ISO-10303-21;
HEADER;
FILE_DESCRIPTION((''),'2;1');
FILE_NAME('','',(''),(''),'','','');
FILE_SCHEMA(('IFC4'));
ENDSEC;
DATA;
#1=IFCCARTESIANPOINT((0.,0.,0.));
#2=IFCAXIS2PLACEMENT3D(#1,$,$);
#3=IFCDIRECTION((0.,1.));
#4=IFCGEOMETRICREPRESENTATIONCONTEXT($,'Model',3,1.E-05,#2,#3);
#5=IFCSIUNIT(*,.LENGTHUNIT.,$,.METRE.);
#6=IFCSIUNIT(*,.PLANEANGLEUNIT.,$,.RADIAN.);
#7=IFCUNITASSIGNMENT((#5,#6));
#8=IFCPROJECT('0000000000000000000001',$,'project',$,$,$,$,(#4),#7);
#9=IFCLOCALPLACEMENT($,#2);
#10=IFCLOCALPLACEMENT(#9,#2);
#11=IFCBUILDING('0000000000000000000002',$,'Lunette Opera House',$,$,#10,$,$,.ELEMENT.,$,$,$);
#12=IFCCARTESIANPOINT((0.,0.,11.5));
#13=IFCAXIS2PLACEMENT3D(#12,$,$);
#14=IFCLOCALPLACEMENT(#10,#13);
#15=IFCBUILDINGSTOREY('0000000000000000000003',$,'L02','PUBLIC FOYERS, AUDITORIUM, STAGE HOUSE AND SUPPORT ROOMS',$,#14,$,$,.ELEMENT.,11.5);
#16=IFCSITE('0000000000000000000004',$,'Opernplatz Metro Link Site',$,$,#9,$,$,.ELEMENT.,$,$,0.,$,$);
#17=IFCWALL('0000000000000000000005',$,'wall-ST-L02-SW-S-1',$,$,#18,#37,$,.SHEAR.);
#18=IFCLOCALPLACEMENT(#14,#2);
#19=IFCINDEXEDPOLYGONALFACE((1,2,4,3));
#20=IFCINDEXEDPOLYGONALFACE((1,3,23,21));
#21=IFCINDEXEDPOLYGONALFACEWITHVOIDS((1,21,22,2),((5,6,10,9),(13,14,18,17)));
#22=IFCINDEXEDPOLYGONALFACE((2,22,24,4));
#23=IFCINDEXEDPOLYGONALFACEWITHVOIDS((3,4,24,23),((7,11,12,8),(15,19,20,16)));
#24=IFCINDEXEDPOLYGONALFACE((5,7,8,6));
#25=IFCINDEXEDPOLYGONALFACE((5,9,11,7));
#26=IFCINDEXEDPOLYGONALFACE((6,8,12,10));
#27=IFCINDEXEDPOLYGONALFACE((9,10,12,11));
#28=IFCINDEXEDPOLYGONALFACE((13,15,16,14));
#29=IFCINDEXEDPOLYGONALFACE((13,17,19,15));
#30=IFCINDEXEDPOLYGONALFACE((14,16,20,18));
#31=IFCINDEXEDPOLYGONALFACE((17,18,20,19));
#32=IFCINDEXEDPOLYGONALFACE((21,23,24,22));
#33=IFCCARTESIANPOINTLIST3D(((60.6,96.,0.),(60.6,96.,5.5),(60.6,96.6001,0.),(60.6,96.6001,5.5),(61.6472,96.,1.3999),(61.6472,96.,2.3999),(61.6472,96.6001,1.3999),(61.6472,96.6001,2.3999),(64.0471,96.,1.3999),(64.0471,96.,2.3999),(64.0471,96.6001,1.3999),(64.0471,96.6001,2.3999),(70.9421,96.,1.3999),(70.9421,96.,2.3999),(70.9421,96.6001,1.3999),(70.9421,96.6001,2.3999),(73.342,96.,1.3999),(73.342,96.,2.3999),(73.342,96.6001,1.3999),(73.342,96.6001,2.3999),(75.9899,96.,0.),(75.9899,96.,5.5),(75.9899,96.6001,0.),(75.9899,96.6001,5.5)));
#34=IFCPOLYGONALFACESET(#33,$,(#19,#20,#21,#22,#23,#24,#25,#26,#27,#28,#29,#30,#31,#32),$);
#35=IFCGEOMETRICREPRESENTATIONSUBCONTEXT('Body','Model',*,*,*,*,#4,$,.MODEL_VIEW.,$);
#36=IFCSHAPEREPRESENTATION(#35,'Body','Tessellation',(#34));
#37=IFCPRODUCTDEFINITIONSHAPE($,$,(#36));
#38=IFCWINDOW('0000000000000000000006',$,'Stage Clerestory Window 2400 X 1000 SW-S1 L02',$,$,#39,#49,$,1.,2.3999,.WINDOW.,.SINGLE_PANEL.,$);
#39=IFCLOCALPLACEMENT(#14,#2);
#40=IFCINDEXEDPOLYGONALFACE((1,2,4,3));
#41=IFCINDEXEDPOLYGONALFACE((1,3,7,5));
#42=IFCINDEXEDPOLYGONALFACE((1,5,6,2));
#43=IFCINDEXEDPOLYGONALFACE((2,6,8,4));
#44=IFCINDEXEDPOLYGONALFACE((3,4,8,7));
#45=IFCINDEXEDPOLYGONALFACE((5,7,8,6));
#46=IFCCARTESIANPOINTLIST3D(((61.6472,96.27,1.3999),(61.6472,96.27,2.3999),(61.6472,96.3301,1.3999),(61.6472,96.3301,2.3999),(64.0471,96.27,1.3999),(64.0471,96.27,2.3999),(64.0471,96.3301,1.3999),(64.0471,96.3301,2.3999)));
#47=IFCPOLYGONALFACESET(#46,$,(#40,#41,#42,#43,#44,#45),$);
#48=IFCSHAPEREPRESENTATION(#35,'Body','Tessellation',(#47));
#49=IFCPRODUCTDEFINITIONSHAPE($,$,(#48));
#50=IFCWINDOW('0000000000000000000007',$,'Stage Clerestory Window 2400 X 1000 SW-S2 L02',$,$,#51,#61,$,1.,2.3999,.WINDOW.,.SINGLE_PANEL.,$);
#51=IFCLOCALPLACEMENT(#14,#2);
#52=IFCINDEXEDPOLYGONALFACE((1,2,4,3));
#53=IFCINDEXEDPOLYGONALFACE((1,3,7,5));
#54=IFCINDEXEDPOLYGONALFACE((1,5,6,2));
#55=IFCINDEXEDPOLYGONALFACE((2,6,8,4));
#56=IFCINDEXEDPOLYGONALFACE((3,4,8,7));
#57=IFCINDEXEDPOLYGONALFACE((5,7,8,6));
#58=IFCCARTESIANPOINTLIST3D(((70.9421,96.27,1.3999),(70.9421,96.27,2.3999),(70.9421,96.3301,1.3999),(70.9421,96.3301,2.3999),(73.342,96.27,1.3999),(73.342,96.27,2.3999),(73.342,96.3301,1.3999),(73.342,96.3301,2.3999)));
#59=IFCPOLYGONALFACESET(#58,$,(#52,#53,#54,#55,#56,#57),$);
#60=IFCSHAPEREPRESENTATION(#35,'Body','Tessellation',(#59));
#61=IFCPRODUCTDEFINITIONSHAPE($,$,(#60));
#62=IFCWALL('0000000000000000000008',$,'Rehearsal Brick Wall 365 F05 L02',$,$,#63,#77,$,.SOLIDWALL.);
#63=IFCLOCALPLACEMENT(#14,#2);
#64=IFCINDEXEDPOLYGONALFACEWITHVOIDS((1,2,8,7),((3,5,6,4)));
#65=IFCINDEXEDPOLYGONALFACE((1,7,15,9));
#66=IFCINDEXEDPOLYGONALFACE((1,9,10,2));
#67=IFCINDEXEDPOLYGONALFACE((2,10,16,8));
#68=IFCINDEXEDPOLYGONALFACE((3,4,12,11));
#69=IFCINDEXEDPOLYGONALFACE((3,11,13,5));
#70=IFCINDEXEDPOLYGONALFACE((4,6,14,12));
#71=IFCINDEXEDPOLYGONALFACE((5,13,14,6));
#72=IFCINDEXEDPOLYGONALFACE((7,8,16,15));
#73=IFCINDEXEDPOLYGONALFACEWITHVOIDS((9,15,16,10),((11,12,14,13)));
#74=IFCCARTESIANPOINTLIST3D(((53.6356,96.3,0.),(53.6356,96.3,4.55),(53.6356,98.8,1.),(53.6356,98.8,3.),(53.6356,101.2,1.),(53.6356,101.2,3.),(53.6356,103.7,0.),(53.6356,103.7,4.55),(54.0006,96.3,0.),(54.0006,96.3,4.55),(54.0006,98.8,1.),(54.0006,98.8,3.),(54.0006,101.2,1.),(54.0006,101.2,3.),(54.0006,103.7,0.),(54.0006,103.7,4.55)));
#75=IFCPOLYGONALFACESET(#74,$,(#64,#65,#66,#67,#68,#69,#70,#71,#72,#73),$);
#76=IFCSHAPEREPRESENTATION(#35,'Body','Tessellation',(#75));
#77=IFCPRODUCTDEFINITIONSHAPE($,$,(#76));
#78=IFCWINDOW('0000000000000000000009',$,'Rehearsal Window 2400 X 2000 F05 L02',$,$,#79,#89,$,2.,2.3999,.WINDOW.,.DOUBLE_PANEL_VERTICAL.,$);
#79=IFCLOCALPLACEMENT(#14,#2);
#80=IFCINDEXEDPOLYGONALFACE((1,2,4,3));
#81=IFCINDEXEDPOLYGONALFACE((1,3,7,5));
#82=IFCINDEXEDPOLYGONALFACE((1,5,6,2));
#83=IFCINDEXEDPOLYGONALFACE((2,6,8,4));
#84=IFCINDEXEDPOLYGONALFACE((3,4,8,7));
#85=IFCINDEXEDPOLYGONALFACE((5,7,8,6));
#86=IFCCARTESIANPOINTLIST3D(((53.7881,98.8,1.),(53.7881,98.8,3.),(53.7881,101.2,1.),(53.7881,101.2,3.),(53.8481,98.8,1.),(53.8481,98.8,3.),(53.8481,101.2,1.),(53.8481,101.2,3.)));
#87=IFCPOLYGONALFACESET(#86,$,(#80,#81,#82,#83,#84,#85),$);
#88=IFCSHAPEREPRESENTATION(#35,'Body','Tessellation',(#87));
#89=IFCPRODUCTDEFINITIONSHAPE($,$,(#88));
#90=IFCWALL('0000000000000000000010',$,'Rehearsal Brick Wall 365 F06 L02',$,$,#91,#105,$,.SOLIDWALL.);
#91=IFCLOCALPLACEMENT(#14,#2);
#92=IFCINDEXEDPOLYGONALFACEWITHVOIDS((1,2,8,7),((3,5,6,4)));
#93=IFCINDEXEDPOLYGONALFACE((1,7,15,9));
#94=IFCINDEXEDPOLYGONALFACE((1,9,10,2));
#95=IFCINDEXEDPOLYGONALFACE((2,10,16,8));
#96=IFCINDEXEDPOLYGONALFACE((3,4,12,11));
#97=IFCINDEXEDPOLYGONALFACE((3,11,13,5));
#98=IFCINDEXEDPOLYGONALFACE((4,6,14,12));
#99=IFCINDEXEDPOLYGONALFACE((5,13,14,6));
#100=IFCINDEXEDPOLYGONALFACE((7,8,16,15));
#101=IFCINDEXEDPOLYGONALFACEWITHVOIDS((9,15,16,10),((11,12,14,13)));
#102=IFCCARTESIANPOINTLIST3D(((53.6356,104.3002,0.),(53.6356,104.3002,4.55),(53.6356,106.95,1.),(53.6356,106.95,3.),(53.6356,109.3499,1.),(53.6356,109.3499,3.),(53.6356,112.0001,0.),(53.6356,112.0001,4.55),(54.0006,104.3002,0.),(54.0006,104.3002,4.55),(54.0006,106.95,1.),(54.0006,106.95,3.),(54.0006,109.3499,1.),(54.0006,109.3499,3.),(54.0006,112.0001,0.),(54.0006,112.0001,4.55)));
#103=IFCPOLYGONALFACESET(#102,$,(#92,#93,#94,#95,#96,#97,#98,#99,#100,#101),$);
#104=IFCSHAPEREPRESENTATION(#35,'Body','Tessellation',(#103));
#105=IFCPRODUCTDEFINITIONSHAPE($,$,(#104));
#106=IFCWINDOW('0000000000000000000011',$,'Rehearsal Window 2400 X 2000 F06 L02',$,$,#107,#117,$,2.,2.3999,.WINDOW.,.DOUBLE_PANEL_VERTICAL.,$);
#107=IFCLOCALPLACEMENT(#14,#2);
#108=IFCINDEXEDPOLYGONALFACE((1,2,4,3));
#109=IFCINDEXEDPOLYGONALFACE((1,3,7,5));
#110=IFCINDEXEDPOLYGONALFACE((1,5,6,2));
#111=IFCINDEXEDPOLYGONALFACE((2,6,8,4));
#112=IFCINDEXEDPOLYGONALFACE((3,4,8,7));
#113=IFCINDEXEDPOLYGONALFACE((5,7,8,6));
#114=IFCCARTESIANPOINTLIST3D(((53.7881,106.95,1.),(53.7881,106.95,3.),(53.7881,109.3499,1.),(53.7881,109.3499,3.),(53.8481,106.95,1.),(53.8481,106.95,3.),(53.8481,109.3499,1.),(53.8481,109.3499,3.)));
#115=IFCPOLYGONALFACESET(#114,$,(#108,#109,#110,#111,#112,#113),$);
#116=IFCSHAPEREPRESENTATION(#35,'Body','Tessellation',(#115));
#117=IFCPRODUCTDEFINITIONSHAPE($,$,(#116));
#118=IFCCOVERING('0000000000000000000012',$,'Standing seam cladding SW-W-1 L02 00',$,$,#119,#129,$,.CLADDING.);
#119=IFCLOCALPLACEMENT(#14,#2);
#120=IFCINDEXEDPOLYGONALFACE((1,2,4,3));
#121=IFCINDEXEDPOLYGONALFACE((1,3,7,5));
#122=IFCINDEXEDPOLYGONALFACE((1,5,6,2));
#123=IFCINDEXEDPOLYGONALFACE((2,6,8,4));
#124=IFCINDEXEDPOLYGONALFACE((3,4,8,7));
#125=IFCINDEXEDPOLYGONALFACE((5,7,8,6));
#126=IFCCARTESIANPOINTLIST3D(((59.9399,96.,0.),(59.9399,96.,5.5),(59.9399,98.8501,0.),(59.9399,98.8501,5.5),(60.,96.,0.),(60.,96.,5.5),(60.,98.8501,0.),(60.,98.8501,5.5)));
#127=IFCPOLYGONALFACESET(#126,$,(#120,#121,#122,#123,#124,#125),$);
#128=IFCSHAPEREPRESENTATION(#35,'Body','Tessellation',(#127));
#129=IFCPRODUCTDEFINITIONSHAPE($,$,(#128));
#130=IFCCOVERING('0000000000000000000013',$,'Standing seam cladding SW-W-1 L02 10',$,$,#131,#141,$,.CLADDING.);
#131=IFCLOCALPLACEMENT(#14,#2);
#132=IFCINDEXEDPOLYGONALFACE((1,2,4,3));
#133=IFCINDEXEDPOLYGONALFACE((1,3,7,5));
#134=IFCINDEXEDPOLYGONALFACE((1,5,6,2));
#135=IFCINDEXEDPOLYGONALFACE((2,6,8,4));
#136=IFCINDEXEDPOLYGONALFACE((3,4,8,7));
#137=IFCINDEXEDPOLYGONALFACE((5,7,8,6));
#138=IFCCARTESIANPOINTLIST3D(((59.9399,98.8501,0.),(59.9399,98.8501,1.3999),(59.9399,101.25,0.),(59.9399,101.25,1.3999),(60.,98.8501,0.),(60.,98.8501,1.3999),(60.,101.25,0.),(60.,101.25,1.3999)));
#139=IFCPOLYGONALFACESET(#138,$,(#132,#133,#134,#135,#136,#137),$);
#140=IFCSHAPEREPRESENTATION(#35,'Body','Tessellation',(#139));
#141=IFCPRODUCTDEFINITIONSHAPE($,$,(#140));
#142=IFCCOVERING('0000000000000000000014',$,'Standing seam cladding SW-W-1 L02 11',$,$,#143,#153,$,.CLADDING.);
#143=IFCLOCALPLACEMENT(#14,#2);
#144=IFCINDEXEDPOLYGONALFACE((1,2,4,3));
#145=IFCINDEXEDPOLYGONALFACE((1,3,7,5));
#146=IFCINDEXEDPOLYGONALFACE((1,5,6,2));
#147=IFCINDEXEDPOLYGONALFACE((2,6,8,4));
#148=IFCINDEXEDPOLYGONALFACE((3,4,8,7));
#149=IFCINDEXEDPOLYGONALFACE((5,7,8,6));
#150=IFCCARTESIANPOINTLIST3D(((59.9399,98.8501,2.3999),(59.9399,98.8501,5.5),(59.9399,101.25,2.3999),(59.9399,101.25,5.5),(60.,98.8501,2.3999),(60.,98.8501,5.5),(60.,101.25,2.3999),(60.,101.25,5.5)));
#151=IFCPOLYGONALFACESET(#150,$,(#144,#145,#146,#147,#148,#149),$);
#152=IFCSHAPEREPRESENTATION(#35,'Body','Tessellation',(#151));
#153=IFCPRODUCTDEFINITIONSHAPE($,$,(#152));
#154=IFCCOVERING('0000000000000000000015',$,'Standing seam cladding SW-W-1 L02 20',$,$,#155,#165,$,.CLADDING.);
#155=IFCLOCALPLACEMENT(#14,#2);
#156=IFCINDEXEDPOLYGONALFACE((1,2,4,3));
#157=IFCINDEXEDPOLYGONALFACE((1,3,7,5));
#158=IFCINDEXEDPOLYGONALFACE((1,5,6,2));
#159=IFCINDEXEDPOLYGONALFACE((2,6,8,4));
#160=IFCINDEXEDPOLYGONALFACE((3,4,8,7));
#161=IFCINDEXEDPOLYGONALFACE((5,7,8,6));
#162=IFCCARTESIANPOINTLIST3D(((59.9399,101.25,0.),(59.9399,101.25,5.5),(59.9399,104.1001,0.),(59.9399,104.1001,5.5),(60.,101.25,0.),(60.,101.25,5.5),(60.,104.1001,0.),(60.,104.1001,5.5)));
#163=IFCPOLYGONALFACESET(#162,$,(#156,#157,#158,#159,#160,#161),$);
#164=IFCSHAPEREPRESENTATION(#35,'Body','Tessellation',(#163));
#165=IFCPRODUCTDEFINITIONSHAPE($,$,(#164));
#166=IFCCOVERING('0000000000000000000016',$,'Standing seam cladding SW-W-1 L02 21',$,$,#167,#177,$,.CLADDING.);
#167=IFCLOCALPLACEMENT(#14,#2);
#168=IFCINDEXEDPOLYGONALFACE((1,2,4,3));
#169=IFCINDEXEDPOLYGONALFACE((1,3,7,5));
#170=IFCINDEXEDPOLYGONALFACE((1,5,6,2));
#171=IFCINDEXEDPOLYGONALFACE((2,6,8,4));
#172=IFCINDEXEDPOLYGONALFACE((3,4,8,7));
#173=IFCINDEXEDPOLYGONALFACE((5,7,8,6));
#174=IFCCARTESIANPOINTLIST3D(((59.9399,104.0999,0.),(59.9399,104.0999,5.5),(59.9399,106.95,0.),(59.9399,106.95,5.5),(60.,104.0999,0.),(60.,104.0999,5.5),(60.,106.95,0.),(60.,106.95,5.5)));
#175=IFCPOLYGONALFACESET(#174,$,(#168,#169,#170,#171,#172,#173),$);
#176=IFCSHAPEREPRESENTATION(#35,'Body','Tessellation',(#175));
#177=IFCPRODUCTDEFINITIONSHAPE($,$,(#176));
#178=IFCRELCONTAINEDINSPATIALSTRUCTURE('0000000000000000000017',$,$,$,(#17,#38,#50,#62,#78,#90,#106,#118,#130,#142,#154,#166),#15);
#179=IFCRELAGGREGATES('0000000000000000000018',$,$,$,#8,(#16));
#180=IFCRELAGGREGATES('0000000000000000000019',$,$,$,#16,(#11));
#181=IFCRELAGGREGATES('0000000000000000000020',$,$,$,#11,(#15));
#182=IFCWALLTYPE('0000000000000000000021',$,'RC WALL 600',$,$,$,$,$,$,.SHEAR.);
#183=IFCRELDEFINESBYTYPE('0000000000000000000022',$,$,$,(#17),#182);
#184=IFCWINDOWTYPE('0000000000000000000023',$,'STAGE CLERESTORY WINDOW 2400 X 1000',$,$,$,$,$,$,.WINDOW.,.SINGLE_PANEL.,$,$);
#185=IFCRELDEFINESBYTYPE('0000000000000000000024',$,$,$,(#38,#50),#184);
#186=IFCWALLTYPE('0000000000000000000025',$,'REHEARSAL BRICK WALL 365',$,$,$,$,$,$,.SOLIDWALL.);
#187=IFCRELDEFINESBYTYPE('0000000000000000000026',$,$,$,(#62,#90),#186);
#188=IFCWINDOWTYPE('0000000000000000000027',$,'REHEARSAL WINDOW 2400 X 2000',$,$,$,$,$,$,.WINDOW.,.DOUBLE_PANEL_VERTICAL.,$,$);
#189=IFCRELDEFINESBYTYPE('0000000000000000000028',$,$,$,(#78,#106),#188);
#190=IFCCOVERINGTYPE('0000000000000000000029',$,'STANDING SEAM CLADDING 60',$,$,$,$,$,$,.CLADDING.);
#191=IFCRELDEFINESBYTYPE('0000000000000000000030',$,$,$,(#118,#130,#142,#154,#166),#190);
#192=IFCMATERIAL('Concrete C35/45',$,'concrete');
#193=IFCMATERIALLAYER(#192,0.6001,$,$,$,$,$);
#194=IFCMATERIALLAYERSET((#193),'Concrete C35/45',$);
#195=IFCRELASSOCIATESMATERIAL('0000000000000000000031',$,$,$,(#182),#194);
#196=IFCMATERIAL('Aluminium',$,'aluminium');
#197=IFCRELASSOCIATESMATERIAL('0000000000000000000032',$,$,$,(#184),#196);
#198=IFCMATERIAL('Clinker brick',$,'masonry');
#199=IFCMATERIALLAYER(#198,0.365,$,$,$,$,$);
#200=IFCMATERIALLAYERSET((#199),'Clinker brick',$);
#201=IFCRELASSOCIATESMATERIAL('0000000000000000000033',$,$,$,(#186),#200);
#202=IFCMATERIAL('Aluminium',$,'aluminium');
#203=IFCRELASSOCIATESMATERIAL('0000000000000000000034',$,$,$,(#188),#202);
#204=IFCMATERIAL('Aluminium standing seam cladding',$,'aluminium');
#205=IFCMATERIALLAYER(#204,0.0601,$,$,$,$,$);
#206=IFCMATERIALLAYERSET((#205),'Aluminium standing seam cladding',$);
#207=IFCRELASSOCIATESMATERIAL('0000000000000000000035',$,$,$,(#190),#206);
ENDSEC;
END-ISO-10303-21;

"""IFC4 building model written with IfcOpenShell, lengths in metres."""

from ifc_helpers import new_model, si_unit, direction, frame, frame_2d, origin, origin_2d, place, context, subcontext, project, spatial, rectangle, extrude, material, layer, layer_set, type_object, element, fill, save


model = new_model("IFC4")

# Units and contexts
model_context = context("Model", 3, precision=1e-05, world=origin(), true_north=direction((0.0, 1.0)))
body_context = subcontext(model_context, "Body", "Model", "MODEL_VIEW")
ifc_project = project(units=[si_unit("LENGTHUNIT", "METRE"), si_unit("PLANEANGLEUNIT", "RADIAN")], contexts=[model_context])

# Site, building, storey
site_placement = place(None, origin())
site = spatial("IfcSite", under=ifc_project, at=site_placement, Name="Opernplatz Metro Link Site", CompositionType="ELEMENT", RefElevation=0.0)
building_placement = place(site_placement, origin())
building = spatial("IfcBuilding", under=site, at=building_placement, Name="Lunette Opera House", CompositionType="ELEMENT")
storey_placement = place(building_placement, frame((0.0, 0.0, 11.5)))
storey = spatial("IfcBuildingStorey", under=building, at=storey_placement, Name="L02", Description="PUBLIC FOYERS, AUDITORIUM, STAGE HOUSE AND SUPPORT ROOMS", CompositionType="ELEMENT", Elevation=11.5)

# Wall, openings, windows
ifc_material_1 = material(Name="Concrete C35/45", Category="concrete")
ifc_layer_1 = layer(ifc_material_1, 0.6001)
ifc_layer_set_1 = layer_set([ifc_layer_1], Name="Concrete C35/45")
wall_type_1 = type_object("IfcWallType", Name="RC WALL 600", PredefinedType="SHEAR", material=ifc_layer_set_1)
ifc_material_2 = material(Name="Aluminium", Category="aluminium")
window_type_1 = type_object("IfcWindowType", Name="STAGE CLERESTORY WINDOW 2400 X 1000", PartitioningType="SINGLE_PANEL", PredefinedType="WINDOW", material=ifc_material_2)
wall_1_placement = place(storey_placement, frame((60.6001, 96.3, 0.0), z_axis=(0.0, 0.0, 1.0), x_axis=(1.0, 0.0, 0.0)))
wall_1 = element("IfcWall", 1, at=wall_1_placement, inside=storey, type_object=wall_type_1, Name="wall-ST-L02-SW-S-1", PredefinedType="SHEAR", context=body_context, shape_type="SweptSolid", body=[
    extrude(rectangle(XDim=15.3899, YDim=0.6001, at=frame_2d((7.6948, 0.0))), origin(), (0.0, 0.0, 1.0), 5.5),
])
opening_1_placement = place(wall_1_placement, frame((1.0471, 0.0, 1.3999)))
opening_1 = element("IfcOpeningElement", 2, at=opening_1_placement, cuts=wall_1, PredefinedType="OPENING", context=body_context, shape_type="SweptSolid", body=[
    extrude(rectangle(XDim=2.3999, YDim=1.0, at=frame_2d((1.2, 0.5))), frame((0.0, 0.312, 0.0), z_axis=(0.0, -1.0, 0.0), x_axis=(1.0, 0.0, 0.0)), (0.0, 0.0, 1.0), 0.624),
])
opening_2_placement = place(wall_1_placement, frame((10.342, 0.0, 1.3999)))
opening_2 = element("IfcOpeningElement", 3, at=opening_2_placement, cuts=wall_1, PredefinedType="OPENING", context=body_context, shape_type="SweptSolid", body=[
    extrude(rectangle(XDim=2.3999, YDim=1.0, at=frame_2d((1.2, 0.5))), frame((0.0, 0.312, 0.0), z_axis=(0.0, -1.0, 0.0), x_axis=(1.0, 0.0, 0.0)), (0.0, 0.0, 1.0), 0.624),
])
window_1_placement = place(opening_1_placement, origin())
window_1 = element("IfcWindow", 4, at=window_1_placement, inside=storey, type_object=window_type_1, Name="Stage Clerestory Window 2400 X 1000 SW-S1 L02", OverallHeight=1.0, OverallWidth=2.3999, PartitioningType="SINGLE_PANEL", PredefinedType="WINDOW", context=body_context, shape_type="SweptSolid", body=[
    extrude(rectangle(XDim=2.3999, YDim=1.0, at=frame_2d((1.2, 0.5))), frame((0.0, 0.03, 0.0), z_axis=(0.0, -1.0, 0.0), x_axis=(1.0, 0.0, 0.0)), (0.0, 0.0, 1.0), 0.0601),
])
fill(opening_1, window_1)
window_2_placement = place(opening_2_placement, origin())
window_2 = element("IfcWindow", 5, at=window_2_placement, inside=storey, type_object=window_type_1, Name="Stage Clerestory Window 2400 X 1000 SW-S2 L02", OverallHeight=1.0, OverallWidth=2.3999, PartitioningType="SINGLE_PANEL", PredefinedType="WINDOW", context=body_context, shape_type="SweptSolid", body=[
    extrude(rectangle(XDim=2.3999, YDim=1.0, at=frame_2d((1.2, 0.5))), frame((0.0, 0.03, 0.0), z_axis=(0.0, -1.0, 0.0), x_axis=(1.0, 0.0, 0.0)), (0.0, 0.0, 1.0), 0.0601),
])
fill(opening_2, window_2)

# Walls, openings, windows
ifc_material_3 = material(Name="Clinker brick", Category="masonry")
ifc_layer_2 = layer(ifc_material_3, 0.365)
ifc_layer_set_2 = layer_set([ifc_layer_2], Name="Clinker brick")
wall_type_2 = type_object("IfcWallType", Name="REHEARSAL BRICK WALL 365", PredefinedType="SOLIDWALL", material=ifc_layer_set_2)
wall_2_placement = place(storey_placement, frame((53.8181, 96.3, 0.0), z_axis=(0.0, 0.0, 1.0), x_axis=(0.0, 1.0, 0.0)))
wall_2 = element("IfcWall", 6, at=wall_2_placement, inside=storey, type_object=wall_type_2, Name="Rehearsal Brick Wall 365 F05 L02", PredefinedType="SOLIDWALL", context=body_context, shape_type="SweptSolid", body=[
    extrude(rectangle(XDim=7.3999, YDim=0.365, at=frame_2d((3.7, 0.0))), origin(), (0.0, 0.0, 1.0), 4.55),
])
opening_3_placement = place(wall_2_placement, frame((2.5, 0.0, 1.0)))
opening_3 = element("IfcOpeningElement", 7, at=opening_3_placement, cuts=wall_2, PredefinedType="OPENING", context=body_context, shape_type="SweptSolid", body=[
    extrude(rectangle(XDim=2.3999, YDim=2.0, at=frame_2d((1.2, 1.0))), frame((0.0, 0.1946, 0.0), z_axis=(0.0, -1.0, 0.0), x_axis=(1.0, 0.0, 0.0)), (0.0, 0.0, 1.0), 0.3889),
])
ifc_material_4 = material(Name="Aluminium", Category="aluminium")
window_type_2 = type_object("IfcWindowType", Name="REHEARSAL WINDOW 2400 X 2000", PartitioningType="DOUBLE_PANEL_VERTICAL", PredefinedType="WINDOW", material=ifc_material_4)
window_3_placement = place(opening_3_placement, origin())
window_3 = element("IfcWindow", 8, at=window_3_placement, inside=storey, type_object=window_type_2, Name="Rehearsal Window 2400 X 2000 F05 L02", OverallHeight=2.0, OverallWidth=2.3999, PartitioningType="DOUBLE_PANEL_VERTICAL", PredefinedType="WINDOW", context=body_context, shape_type="SweptSolid", body=[
    extrude(rectangle(XDim=2.3999, YDim=2.0, at=frame_2d((1.2, 1.0))), frame((0.0, 0.03, 0.0), z_axis=(0.0, -1.0, 0.0), x_axis=(1.0, 0.0, 0.0)), (0.0, 0.0, 1.0), 0.0601),
])
fill(opening_3, window_3)
wall_3_placement = place(storey_placement, frame((53.8181, 104.3, 0.0), z_axis=(0.0, 0.0, 1.0), x_axis=(0.0, 1.0, 0.0)))
wall_3 = element("IfcWall", 9, at=wall_3_placement, inside=storey, type_object=wall_type_2, Name="Rehearsal Brick Wall 365 F06 L02", PredefinedType="SOLIDWALL", context=body_context, shape_type="SweptSolid", body=[
    extrude(rectangle(XDim=7.7, YDim=0.365, at=frame_2d((3.8501, 0.0))), origin(), (0.0, 0.0, 1.0), 4.55),
])
opening_4_placement = place(wall_3_placement, frame((2.6499, 0.0, 1.0)))
opening_4 = element("IfcOpeningElement", 10, at=opening_4_placement, cuts=wall_3, PredefinedType="OPENING", context=body_context, shape_type="SweptSolid", body=[
    extrude(rectangle(XDim=2.3999, YDim=2.0, at=frame_2d((1.2, 1.0))), frame((0.0, 0.1946, 0.0), z_axis=(0.0, -1.0, 0.0), x_axis=(1.0, 0.0, 0.0)), (0.0, 0.0, 1.0), 0.3889),
])
window_4_placement = place(opening_4_placement, origin())
window_4 = element("IfcWindow", 11, at=window_4_placement, inside=storey, type_object=window_type_2, Name="Rehearsal Window 2400 X 2000 F06 L02", OverallHeight=2.0, OverallWidth=2.3999, PartitioningType="DOUBLE_PANEL_VERTICAL", PredefinedType="WINDOW", context=body_context, shape_type="SweptSolid", body=[
    extrude(rectangle(XDim=2.3999, YDim=2.0, at=frame_2d((1.2, 1.0))), frame((0.0, 0.03, 0.0), z_axis=(0.0, -1.0, 0.0), x_axis=(1.0, 0.0, 0.0)), (0.0, 0.0, 1.0), 0.0601),
])
fill(opening_4, window_4)

# Coverings
ifc_material_5 = material(Name="Aluminium standing seam cladding", Category="aluminium")
ifc_layer_3 = layer(ifc_material_5, 0.0601)
ifc_layer_set_3 = layer_set([ifc_layer_3], Name="Aluminium standing seam cladding")
covering_type = type_object("IfcCoveringType", Name="STANDING SEAM CLADDING 60", PredefinedType="CLADDING", material=ifc_layer_set_3)
covering_1_placement = place(storey_placement, frame((59.97, 97.425, 0.0), z_axis=(0.0, 0.0, 1.0), x_axis=(0.0, 1.0, 0.0)))
element("IfcCovering", 12, at=covering_1_placement, inside=storey, type_object=covering_type, Name="Standing seam cladding SW-W-1 L02 00", PredefinedType="CLADDING", context=body_context, shape_type="SweptSolid", body=[
    extrude(rectangle(XDim=2.8501, YDim=0.0601, at=origin_2d()), origin(), (0.0, 0.0, 1.0), 5.5),
])
covering_2_placement = place(storey_placement, frame((59.97, 100.05, 0.0), z_axis=(0.0, 0.0, 1.0), x_axis=(0.0, 1.0, 0.0)))
element("IfcCovering", 13, at=covering_2_placement, inside=storey, type_object=covering_type, Name="Standing seam cladding SW-W-1 L02 10", PredefinedType="CLADDING", context=body_context, shape_type="SweptSolid", body=[
    extrude(rectangle(XDim=2.3999, YDim=0.0601, at=origin_2d()), origin(), (0.0, 0.0, 1.0), 1.3999),
])
covering_3_placement = place(storey_placement, frame((59.97, 100.05, 2.3999), z_axis=(0.0, 0.0, 1.0), x_axis=(0.0, 1.0, 0.0)))
element("IfcCovering", 14, at=covering_3_placement, inside=storey, type_object=covering_type, Name="Standing seam cladding SW-W-1 L02 11", PredefinedType="CLADDING", context=body_context, shape_type="SweptSolid", body=[
    extrude(rectangle(XDim=2.3999, YDim=0.0601, at=origin_2d()), origin(), (0.0, 0.0, 1.0), 3.1001),
])
for number, where, z_axis, x_axis, name in (
    (15, (59.97, 102.675, 0.0), (0.0, 0.0, 1.0), (0.0, 1.0, 0.0), "Standing seam cladding SW-W-1 L02 20"),
    (16, (59.97, 105.5249, 0.0), (0.0, 0.0, 1.0), (0.0, 1.0, 0.0), "Standing seam cladding SW-W-1 L02 21"),
):
    element("IfcCovering", number, at=place(storey_placement, frame(where, z_axis=z_axis, x_axis=x_axis)), inside=storey, type_object=covering_type, Name=name, PredefinedType="CLADDING", context=body_context, shape_type="SweptSolid", body=[
        extrude(rectangle(XDim=2.8501, YDim=0.0601, at=origin_2d()), origin(), (0.0, 0.0, 1.0), 5.5),
    ])

save(model, "model.ifc")
